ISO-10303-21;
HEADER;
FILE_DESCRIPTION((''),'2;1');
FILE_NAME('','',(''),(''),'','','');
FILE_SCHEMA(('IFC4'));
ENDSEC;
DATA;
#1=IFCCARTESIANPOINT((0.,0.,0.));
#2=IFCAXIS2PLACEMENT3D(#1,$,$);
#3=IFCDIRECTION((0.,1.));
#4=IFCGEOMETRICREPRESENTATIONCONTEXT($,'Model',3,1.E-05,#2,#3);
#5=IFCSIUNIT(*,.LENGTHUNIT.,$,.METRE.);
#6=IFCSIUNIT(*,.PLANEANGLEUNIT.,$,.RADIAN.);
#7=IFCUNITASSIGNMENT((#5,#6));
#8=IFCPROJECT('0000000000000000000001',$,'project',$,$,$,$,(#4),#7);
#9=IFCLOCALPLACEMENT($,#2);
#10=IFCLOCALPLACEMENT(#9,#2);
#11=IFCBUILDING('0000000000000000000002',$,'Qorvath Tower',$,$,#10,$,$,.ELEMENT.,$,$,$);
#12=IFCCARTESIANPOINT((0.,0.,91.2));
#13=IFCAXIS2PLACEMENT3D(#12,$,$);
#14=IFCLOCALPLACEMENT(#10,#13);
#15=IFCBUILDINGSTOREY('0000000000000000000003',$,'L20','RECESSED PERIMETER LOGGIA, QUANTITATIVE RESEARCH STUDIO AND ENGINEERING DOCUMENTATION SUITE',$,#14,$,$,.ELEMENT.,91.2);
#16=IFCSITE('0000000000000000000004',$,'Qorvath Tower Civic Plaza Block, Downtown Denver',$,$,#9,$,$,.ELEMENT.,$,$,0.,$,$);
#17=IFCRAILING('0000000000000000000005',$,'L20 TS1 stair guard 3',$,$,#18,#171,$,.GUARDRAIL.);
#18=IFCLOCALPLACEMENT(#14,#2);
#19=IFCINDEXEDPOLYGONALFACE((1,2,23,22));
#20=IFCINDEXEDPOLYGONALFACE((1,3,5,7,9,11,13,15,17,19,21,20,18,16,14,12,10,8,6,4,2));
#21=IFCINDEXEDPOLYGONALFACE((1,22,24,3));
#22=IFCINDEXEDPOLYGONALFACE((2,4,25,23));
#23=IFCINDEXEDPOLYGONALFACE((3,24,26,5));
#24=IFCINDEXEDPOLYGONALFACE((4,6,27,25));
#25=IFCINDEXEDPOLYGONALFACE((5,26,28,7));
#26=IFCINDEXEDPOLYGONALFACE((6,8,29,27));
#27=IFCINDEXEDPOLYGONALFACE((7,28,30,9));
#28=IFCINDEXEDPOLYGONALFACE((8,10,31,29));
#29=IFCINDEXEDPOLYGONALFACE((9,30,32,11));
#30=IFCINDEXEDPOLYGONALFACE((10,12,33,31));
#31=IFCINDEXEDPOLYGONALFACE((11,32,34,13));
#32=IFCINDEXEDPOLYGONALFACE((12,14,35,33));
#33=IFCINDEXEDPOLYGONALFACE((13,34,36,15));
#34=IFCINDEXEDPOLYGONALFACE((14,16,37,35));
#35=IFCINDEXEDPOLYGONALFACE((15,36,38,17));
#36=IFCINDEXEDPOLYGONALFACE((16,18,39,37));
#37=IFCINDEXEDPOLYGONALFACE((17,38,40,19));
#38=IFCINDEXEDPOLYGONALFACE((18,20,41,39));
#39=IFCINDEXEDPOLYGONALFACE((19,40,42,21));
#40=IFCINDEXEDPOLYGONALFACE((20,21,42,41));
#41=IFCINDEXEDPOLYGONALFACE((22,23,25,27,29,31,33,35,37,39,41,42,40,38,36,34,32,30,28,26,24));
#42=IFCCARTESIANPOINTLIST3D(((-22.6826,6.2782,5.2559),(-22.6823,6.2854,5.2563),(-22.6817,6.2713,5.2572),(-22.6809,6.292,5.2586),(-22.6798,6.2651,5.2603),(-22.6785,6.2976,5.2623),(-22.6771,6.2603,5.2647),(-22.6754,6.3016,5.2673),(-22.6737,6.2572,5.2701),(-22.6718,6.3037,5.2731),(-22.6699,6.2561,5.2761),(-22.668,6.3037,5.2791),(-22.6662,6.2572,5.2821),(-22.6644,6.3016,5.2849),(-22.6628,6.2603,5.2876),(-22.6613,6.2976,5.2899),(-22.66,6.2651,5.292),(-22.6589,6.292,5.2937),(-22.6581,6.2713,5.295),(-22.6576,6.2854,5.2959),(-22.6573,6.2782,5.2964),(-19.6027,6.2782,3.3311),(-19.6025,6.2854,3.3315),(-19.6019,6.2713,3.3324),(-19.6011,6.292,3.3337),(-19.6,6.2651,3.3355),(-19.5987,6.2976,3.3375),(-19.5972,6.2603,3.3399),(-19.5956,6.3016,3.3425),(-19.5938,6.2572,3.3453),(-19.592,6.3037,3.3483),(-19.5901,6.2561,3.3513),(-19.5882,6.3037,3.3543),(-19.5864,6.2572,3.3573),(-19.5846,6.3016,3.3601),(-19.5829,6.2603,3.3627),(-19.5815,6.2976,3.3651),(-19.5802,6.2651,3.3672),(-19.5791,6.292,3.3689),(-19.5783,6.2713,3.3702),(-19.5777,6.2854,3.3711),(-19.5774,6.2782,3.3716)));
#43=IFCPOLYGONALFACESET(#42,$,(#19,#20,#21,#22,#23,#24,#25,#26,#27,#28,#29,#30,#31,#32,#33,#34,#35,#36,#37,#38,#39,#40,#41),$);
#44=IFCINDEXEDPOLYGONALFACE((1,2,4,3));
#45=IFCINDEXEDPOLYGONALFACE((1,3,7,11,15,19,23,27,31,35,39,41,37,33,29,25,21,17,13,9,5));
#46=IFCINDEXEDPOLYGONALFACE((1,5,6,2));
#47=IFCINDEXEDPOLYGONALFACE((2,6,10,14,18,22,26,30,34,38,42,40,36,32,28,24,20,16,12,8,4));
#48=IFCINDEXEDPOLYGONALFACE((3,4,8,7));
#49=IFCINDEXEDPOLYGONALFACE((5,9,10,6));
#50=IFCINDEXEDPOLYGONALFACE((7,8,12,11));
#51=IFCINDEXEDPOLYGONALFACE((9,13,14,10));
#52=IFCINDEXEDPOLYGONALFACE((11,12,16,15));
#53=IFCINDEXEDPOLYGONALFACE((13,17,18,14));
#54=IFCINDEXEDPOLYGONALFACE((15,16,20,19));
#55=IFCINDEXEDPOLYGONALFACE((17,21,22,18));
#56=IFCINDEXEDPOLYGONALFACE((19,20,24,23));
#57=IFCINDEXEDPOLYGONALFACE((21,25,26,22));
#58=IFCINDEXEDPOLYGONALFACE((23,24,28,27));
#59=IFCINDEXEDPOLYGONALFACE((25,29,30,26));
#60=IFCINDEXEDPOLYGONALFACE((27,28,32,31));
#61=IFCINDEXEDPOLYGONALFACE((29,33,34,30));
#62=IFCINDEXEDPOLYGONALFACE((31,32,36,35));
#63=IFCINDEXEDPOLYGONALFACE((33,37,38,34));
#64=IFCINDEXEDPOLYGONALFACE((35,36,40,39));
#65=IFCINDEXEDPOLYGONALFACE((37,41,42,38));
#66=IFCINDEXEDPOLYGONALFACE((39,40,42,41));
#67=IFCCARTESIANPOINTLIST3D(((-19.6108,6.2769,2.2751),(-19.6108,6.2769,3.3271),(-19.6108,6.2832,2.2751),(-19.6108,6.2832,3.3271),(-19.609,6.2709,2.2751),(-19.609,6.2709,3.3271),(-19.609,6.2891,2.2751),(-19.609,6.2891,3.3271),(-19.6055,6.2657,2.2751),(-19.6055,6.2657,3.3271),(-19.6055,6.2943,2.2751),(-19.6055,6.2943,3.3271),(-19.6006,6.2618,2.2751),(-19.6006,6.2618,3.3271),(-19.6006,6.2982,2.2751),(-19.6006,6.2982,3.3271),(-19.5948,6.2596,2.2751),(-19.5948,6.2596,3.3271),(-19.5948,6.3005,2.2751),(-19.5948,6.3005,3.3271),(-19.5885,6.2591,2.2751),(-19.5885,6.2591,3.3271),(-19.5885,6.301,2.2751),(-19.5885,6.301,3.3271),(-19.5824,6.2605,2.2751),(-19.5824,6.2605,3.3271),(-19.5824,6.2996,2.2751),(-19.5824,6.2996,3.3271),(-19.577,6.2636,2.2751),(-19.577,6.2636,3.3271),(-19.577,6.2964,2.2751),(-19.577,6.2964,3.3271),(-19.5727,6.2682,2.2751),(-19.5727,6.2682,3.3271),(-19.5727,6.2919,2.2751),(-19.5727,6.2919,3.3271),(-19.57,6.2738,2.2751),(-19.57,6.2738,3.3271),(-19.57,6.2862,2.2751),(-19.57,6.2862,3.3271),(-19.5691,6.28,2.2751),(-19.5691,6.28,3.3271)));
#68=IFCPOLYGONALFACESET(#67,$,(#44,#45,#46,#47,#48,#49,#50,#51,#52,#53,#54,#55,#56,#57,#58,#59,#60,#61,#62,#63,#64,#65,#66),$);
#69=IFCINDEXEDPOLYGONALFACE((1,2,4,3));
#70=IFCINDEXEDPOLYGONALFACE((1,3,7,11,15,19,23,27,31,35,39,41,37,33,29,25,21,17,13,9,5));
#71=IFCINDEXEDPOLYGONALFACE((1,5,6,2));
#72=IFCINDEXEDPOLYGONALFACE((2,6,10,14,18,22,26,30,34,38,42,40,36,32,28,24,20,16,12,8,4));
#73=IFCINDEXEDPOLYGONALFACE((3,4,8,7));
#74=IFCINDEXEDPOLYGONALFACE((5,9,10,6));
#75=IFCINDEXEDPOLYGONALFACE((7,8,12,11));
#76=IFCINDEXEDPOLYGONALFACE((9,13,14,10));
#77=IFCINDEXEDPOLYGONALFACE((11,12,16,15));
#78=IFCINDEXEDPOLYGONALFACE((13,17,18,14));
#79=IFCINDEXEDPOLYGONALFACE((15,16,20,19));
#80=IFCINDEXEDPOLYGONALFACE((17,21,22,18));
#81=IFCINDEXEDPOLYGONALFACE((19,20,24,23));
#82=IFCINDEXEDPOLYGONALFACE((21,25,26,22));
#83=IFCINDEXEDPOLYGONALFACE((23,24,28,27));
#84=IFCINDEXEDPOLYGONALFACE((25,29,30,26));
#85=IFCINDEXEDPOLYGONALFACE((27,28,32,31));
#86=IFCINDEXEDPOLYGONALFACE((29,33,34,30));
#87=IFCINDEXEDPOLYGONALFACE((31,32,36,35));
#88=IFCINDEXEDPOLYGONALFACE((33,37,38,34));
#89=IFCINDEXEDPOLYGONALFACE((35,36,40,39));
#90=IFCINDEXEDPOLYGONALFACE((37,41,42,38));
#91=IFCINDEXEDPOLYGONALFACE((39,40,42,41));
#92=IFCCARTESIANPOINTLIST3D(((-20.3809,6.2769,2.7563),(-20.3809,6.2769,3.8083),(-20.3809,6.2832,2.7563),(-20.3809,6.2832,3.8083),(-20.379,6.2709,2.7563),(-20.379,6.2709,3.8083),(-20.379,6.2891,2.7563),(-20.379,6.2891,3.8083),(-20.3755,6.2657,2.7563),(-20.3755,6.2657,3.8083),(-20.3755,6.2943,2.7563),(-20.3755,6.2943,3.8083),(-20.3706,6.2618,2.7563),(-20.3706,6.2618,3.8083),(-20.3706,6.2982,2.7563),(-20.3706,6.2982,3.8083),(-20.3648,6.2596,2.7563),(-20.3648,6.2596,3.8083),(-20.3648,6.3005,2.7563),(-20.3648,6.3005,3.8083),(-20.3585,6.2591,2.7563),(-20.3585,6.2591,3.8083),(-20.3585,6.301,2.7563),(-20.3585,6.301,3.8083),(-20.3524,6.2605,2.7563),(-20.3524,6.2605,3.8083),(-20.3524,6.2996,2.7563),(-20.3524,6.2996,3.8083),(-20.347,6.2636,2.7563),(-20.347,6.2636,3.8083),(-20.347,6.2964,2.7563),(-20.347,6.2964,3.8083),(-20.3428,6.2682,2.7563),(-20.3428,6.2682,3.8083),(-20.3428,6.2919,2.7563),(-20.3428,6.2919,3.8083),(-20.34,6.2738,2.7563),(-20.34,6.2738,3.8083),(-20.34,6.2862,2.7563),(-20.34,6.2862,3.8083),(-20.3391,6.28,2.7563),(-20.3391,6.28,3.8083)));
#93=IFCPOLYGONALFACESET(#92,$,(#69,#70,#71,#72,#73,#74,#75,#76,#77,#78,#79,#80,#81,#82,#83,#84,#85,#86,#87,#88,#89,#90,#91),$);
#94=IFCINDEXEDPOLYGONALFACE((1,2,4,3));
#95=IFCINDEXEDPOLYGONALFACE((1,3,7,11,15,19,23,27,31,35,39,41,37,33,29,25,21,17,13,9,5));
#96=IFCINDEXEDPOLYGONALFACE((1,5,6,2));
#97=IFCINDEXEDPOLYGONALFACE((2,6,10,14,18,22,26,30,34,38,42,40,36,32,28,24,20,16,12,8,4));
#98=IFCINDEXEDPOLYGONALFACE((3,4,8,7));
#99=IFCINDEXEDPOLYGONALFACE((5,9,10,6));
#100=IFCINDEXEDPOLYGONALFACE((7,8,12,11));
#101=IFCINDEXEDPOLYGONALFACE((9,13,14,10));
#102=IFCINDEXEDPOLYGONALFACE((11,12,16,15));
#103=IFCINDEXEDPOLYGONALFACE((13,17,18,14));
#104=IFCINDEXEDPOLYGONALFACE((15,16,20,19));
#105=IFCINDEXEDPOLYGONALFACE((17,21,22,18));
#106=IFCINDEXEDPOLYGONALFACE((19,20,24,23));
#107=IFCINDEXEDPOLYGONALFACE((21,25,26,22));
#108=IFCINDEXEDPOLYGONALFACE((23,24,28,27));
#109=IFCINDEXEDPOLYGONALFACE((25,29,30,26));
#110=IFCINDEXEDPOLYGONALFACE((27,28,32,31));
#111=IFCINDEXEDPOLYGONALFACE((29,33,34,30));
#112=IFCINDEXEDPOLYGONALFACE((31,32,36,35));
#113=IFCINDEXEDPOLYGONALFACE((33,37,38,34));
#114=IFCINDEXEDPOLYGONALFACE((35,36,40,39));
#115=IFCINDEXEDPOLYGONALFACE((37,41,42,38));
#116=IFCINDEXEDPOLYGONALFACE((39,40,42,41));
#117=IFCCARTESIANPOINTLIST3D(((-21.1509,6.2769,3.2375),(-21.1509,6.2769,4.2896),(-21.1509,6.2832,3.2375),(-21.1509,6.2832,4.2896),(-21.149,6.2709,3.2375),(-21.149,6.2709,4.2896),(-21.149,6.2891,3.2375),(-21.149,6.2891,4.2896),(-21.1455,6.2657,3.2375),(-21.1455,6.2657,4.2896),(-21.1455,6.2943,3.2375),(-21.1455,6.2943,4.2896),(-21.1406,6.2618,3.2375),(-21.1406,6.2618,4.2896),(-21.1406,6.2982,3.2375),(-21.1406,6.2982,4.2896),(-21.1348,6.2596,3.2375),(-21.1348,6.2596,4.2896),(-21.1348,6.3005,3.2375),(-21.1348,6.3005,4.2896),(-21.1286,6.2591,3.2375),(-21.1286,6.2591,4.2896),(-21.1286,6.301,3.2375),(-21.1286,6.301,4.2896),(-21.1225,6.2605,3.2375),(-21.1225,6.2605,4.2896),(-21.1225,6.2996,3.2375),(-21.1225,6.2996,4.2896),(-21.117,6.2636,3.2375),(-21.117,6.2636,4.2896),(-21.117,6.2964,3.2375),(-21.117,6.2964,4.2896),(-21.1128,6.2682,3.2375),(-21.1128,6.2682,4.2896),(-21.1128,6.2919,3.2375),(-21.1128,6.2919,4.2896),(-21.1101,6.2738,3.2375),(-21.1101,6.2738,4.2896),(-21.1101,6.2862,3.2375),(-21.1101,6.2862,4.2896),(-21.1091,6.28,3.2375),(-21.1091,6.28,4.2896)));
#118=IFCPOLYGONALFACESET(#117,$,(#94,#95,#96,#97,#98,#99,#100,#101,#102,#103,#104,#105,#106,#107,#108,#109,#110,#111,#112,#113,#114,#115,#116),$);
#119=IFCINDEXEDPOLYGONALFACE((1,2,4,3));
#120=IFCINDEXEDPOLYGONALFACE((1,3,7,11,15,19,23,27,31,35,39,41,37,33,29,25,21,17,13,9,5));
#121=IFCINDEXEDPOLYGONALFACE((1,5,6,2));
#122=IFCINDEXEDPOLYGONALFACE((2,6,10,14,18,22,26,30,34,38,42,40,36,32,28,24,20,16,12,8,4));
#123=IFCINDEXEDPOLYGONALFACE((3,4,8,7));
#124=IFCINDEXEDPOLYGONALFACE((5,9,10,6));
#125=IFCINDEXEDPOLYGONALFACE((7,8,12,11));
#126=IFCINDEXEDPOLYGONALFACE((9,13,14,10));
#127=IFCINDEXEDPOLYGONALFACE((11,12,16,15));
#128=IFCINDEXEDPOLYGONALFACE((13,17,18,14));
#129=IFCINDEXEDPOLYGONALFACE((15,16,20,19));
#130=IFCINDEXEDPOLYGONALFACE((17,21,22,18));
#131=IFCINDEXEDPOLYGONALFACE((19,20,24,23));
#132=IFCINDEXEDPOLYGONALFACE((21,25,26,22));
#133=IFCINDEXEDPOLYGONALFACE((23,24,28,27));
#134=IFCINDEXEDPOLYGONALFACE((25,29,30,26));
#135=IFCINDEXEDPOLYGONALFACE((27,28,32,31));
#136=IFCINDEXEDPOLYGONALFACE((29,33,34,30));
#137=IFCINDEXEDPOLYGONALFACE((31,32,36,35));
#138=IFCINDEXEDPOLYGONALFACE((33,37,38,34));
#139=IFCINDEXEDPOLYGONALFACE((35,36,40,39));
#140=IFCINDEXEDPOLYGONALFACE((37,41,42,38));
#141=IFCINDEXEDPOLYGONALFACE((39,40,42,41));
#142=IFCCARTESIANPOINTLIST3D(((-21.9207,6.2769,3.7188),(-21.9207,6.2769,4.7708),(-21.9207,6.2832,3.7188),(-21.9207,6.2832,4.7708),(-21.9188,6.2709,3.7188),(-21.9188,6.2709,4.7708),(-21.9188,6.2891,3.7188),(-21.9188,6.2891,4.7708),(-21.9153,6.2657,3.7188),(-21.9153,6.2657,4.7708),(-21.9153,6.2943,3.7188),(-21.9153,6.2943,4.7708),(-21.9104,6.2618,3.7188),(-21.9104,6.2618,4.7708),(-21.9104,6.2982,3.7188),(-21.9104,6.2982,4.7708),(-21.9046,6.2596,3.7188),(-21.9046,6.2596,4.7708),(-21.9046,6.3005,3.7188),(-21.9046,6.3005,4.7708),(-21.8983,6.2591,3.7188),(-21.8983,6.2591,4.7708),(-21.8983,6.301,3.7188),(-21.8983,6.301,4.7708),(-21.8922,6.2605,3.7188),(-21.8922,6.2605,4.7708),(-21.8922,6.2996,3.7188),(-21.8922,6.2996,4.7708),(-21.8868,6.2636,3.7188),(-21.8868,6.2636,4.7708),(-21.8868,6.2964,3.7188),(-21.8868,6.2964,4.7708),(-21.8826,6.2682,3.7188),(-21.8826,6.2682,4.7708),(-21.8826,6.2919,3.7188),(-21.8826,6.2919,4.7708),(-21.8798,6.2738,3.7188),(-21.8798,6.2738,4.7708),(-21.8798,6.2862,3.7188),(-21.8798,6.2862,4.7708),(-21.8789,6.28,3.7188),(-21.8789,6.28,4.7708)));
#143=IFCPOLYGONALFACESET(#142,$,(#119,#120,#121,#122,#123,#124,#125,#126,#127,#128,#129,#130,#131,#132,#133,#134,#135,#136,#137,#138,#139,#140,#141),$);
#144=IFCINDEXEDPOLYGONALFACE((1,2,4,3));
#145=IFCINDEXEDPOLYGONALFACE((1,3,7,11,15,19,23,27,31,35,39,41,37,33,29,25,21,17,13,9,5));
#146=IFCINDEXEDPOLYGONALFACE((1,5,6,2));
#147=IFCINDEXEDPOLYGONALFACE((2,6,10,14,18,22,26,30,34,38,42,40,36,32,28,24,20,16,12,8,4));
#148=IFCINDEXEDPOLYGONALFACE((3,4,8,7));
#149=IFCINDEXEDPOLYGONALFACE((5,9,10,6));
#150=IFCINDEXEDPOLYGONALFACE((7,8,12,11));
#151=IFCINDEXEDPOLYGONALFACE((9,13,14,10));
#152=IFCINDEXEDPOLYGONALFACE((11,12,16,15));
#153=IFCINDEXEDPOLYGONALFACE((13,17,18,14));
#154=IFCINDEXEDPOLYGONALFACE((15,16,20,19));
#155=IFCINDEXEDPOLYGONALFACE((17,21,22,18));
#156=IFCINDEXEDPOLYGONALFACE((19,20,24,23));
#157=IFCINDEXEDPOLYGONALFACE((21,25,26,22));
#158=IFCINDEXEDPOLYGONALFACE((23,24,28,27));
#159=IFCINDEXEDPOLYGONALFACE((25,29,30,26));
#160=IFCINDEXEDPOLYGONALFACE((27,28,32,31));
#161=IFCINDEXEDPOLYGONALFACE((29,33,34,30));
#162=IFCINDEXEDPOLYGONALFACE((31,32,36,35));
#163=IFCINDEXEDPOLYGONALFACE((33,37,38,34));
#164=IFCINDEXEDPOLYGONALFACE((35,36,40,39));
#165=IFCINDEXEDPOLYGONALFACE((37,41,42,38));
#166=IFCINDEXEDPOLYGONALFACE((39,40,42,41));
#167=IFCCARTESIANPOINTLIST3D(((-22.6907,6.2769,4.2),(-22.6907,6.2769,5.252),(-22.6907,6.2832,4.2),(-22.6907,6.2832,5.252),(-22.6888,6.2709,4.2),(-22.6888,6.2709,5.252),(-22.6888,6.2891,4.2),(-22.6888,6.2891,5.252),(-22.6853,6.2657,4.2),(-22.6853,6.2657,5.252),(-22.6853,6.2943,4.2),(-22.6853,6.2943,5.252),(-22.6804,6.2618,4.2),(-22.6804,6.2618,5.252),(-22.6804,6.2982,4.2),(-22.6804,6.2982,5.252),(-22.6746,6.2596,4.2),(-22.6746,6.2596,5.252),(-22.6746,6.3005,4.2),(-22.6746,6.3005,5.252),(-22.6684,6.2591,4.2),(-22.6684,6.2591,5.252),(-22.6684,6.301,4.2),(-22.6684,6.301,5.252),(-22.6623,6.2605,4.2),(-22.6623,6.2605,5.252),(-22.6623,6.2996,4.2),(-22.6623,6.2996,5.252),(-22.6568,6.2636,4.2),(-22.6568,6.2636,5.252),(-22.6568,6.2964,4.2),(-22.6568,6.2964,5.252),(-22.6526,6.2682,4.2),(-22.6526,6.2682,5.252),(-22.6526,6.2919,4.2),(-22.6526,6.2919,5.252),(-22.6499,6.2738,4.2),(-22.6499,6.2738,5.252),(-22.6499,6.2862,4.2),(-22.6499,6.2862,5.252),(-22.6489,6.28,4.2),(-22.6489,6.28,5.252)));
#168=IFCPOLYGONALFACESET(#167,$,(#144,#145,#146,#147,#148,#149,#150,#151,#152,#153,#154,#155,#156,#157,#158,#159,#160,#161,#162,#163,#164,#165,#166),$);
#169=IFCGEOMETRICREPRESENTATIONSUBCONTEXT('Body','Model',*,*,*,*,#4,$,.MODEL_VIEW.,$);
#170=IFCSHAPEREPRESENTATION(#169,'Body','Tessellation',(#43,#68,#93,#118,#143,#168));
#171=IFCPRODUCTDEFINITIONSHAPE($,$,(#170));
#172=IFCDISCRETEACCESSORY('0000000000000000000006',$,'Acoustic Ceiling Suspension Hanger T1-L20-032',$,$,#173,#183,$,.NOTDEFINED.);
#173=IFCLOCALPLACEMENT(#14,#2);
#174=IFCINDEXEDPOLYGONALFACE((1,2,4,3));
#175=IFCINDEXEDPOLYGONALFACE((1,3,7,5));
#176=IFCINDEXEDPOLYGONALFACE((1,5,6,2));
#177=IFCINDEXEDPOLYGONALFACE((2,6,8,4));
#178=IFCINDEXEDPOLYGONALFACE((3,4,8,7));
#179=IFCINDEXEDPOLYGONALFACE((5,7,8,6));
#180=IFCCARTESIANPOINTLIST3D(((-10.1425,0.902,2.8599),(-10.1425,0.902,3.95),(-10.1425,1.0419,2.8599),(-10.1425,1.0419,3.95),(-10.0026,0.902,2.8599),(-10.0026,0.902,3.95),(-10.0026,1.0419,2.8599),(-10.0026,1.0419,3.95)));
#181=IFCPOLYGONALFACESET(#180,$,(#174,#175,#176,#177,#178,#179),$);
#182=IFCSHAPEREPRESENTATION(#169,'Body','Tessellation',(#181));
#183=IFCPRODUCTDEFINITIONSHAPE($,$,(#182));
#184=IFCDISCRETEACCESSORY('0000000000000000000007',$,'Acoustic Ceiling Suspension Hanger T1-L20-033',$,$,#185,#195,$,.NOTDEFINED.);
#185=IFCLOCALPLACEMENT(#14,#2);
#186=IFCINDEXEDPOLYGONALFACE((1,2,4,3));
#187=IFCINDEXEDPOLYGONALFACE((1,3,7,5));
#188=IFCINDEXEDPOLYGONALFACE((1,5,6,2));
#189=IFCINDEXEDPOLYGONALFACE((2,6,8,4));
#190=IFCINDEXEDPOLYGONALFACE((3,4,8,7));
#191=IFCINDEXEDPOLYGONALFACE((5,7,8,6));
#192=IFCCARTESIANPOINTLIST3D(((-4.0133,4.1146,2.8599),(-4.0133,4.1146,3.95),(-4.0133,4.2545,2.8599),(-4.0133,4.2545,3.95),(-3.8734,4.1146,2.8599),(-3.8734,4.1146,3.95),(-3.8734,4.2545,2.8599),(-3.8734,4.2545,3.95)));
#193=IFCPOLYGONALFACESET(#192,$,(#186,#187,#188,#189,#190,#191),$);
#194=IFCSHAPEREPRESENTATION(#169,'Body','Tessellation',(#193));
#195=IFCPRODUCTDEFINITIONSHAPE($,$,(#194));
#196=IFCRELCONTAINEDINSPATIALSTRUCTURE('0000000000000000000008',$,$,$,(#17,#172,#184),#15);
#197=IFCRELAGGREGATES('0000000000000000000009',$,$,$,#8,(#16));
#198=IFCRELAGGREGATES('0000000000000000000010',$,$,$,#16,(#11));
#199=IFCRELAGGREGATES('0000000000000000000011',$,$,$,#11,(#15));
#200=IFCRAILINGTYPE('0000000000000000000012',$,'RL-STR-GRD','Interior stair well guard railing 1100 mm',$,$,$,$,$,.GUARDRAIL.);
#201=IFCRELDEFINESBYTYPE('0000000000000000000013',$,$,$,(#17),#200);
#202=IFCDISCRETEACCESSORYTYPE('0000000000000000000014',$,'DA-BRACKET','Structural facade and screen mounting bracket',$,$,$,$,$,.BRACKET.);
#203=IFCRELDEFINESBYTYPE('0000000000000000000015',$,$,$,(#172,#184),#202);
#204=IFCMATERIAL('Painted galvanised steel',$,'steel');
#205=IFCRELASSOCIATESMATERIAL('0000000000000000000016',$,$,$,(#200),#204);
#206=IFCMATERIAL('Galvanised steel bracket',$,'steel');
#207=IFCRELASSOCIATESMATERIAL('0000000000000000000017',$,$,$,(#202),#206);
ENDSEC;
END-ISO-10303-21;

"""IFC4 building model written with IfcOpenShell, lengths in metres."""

from ifc_helpers import new_model, si_unit, direction, frame, origin, origin_2d, place, context, subcontext, project, spatial, rectangle, circle, extrude, material, type_object, element, save


model = new_model("IFC4")

# Units and contexts
model_context = context("Model", 3, precision=1e-05, world=origin(), true_north=direction((0.0, 1.0)))
body_context = subcontext(model_context, "Body", "Model", "MODEL_VIEW")
ifc_project = project(units=[si_unit("LENGTHUNIT", "METRE"), si_unit("PLANEANGLEUNIT", "RADIAN")], contexts=[model_context])

# Site, building, storey
site_placement = place(None, origin())
site = spatial("IfcSite", under=ifc_project, at=site_placement, Name="Qorvath Tower Civic Plaza Block, Downtown Denver", CompositionType="ELEMENT", RefElevation=0.0)
building_placement = place(site_placement, origin())
building = spatial("IfcBuilding", under=site, at=building_placement, Name="Qorvath Tower", CompositionType="ELEMENT")
storey_placement = place(building_placement, frame((0.0, 0.0, 91.2)))
storey = spatial("IfcBuildingStorey", under=building, at=storey_placement, Name="L20", Description="RECESSED PERIMETER LOGGIA, QUANTITATIVE RESEARCH STUDIO AND ENGINEERING DOCUMENTATION SUITE", CompositionType="ELEMENT", Elevation=91.2)

# Railing
ifc_material_1 = material(Name="Painted galvanised steel", Category="steel")
railing_type = type_object("IfcRailingType", Name="RL-STR-GRD", Description="Interior stair well guard railing 1100 mm", PredefinedType="GUARDRAIL", material=ifc_material_1)
railing_1_placement = place(storey_placement, frame((-19.5901, 6.28, 2.2751)))
element("IfcRailing", 1, at=railing_1_placement, inside=storey, type_object=railing_type, Name="L20 TS1 stair guard 3", PredefinedType="GUARDRAIL", context=body_context, shape_type="SweptSolid", body=[
    extrude(circle(Radius=0.0239, at=origin_2d()), frame((0.0, 0.0, 1.0762), z_axis=(-0.84801, 0.0, 0.529981), x_axis=(0.0, -1.0, 0.0)), (0.0, 0.0, 1.0), 3.6318),
    extrude(circle(Radius=0.021, at=origin_2d()), origin(), (0.0, 0.0, 1.0), 1.052),
    extrude(circle(Radius=0.021, at=origin_2d()), frame((-0.77, 0.0, 0.4812)), (0.0, 0.0, 1.0), 1.052),
    extrude(circle(Radius=0.021, at=origin_2d()), frame((-1.54, 0.0, 0.9624)), (0.0, 0.0, 1.0), 1.052),
    extrude(circle(Radius=0.021, at=origin_2d()), frame((-2.3098, 0.0, 1.4436)), (0.0, 0.0, 1.0), 1.052),
    extrude(circle(Radius=0.021, at=origin_2d()), frame((-3.0798, 0.0, 1.9248)), (0.0, 0.0, 1.0), 1.052),
])

# Discrete accessories
ifc_material_2 = material(Name="Galvanised steel bracket", Category="steel")
discrete_accessory_type = type_object("IfcDiscreteAccessoryType", Name="DA-BRACKET", Description="Structural facade and screen mounting bracket", PredefinedType="BRACKET", material=ifc_material_2)
for number, where, z_axis, x_axis, name in (
    (2, (-10.0725, 0.9719, 2.8599), (0.0, 0.0, 1.0), (1.0, 0.0, 0.0), "Acoustic Ceiling Suspension Hanger T1-L20-032"),
    (3, (-3.9434, 4.1846, 2.8599), (0.0, 0.0, 1.0), (1.0, 0.0, 0.0), "Acoustic Ceiling Suspension Hanger T1-L20-033"),
):
    element("IfcDiscreteAccessory", number, at=place(storey_placement, frame(where, z_axis=z_axis, x_axis=x_axis)), inside=storey, type_object=discrete_accessory_type, Name=name, PredefinedType="NOTDEFINED", context=body_context, shape_type="SweptSolid", body=[
        extrude(rectangle(XDim=0.1399, YDim=0.1399, at=origin_2d()), origin(), (0.0, 0.0, 1.0), 1.0901),
    ])

save(model, "model.ifc")
